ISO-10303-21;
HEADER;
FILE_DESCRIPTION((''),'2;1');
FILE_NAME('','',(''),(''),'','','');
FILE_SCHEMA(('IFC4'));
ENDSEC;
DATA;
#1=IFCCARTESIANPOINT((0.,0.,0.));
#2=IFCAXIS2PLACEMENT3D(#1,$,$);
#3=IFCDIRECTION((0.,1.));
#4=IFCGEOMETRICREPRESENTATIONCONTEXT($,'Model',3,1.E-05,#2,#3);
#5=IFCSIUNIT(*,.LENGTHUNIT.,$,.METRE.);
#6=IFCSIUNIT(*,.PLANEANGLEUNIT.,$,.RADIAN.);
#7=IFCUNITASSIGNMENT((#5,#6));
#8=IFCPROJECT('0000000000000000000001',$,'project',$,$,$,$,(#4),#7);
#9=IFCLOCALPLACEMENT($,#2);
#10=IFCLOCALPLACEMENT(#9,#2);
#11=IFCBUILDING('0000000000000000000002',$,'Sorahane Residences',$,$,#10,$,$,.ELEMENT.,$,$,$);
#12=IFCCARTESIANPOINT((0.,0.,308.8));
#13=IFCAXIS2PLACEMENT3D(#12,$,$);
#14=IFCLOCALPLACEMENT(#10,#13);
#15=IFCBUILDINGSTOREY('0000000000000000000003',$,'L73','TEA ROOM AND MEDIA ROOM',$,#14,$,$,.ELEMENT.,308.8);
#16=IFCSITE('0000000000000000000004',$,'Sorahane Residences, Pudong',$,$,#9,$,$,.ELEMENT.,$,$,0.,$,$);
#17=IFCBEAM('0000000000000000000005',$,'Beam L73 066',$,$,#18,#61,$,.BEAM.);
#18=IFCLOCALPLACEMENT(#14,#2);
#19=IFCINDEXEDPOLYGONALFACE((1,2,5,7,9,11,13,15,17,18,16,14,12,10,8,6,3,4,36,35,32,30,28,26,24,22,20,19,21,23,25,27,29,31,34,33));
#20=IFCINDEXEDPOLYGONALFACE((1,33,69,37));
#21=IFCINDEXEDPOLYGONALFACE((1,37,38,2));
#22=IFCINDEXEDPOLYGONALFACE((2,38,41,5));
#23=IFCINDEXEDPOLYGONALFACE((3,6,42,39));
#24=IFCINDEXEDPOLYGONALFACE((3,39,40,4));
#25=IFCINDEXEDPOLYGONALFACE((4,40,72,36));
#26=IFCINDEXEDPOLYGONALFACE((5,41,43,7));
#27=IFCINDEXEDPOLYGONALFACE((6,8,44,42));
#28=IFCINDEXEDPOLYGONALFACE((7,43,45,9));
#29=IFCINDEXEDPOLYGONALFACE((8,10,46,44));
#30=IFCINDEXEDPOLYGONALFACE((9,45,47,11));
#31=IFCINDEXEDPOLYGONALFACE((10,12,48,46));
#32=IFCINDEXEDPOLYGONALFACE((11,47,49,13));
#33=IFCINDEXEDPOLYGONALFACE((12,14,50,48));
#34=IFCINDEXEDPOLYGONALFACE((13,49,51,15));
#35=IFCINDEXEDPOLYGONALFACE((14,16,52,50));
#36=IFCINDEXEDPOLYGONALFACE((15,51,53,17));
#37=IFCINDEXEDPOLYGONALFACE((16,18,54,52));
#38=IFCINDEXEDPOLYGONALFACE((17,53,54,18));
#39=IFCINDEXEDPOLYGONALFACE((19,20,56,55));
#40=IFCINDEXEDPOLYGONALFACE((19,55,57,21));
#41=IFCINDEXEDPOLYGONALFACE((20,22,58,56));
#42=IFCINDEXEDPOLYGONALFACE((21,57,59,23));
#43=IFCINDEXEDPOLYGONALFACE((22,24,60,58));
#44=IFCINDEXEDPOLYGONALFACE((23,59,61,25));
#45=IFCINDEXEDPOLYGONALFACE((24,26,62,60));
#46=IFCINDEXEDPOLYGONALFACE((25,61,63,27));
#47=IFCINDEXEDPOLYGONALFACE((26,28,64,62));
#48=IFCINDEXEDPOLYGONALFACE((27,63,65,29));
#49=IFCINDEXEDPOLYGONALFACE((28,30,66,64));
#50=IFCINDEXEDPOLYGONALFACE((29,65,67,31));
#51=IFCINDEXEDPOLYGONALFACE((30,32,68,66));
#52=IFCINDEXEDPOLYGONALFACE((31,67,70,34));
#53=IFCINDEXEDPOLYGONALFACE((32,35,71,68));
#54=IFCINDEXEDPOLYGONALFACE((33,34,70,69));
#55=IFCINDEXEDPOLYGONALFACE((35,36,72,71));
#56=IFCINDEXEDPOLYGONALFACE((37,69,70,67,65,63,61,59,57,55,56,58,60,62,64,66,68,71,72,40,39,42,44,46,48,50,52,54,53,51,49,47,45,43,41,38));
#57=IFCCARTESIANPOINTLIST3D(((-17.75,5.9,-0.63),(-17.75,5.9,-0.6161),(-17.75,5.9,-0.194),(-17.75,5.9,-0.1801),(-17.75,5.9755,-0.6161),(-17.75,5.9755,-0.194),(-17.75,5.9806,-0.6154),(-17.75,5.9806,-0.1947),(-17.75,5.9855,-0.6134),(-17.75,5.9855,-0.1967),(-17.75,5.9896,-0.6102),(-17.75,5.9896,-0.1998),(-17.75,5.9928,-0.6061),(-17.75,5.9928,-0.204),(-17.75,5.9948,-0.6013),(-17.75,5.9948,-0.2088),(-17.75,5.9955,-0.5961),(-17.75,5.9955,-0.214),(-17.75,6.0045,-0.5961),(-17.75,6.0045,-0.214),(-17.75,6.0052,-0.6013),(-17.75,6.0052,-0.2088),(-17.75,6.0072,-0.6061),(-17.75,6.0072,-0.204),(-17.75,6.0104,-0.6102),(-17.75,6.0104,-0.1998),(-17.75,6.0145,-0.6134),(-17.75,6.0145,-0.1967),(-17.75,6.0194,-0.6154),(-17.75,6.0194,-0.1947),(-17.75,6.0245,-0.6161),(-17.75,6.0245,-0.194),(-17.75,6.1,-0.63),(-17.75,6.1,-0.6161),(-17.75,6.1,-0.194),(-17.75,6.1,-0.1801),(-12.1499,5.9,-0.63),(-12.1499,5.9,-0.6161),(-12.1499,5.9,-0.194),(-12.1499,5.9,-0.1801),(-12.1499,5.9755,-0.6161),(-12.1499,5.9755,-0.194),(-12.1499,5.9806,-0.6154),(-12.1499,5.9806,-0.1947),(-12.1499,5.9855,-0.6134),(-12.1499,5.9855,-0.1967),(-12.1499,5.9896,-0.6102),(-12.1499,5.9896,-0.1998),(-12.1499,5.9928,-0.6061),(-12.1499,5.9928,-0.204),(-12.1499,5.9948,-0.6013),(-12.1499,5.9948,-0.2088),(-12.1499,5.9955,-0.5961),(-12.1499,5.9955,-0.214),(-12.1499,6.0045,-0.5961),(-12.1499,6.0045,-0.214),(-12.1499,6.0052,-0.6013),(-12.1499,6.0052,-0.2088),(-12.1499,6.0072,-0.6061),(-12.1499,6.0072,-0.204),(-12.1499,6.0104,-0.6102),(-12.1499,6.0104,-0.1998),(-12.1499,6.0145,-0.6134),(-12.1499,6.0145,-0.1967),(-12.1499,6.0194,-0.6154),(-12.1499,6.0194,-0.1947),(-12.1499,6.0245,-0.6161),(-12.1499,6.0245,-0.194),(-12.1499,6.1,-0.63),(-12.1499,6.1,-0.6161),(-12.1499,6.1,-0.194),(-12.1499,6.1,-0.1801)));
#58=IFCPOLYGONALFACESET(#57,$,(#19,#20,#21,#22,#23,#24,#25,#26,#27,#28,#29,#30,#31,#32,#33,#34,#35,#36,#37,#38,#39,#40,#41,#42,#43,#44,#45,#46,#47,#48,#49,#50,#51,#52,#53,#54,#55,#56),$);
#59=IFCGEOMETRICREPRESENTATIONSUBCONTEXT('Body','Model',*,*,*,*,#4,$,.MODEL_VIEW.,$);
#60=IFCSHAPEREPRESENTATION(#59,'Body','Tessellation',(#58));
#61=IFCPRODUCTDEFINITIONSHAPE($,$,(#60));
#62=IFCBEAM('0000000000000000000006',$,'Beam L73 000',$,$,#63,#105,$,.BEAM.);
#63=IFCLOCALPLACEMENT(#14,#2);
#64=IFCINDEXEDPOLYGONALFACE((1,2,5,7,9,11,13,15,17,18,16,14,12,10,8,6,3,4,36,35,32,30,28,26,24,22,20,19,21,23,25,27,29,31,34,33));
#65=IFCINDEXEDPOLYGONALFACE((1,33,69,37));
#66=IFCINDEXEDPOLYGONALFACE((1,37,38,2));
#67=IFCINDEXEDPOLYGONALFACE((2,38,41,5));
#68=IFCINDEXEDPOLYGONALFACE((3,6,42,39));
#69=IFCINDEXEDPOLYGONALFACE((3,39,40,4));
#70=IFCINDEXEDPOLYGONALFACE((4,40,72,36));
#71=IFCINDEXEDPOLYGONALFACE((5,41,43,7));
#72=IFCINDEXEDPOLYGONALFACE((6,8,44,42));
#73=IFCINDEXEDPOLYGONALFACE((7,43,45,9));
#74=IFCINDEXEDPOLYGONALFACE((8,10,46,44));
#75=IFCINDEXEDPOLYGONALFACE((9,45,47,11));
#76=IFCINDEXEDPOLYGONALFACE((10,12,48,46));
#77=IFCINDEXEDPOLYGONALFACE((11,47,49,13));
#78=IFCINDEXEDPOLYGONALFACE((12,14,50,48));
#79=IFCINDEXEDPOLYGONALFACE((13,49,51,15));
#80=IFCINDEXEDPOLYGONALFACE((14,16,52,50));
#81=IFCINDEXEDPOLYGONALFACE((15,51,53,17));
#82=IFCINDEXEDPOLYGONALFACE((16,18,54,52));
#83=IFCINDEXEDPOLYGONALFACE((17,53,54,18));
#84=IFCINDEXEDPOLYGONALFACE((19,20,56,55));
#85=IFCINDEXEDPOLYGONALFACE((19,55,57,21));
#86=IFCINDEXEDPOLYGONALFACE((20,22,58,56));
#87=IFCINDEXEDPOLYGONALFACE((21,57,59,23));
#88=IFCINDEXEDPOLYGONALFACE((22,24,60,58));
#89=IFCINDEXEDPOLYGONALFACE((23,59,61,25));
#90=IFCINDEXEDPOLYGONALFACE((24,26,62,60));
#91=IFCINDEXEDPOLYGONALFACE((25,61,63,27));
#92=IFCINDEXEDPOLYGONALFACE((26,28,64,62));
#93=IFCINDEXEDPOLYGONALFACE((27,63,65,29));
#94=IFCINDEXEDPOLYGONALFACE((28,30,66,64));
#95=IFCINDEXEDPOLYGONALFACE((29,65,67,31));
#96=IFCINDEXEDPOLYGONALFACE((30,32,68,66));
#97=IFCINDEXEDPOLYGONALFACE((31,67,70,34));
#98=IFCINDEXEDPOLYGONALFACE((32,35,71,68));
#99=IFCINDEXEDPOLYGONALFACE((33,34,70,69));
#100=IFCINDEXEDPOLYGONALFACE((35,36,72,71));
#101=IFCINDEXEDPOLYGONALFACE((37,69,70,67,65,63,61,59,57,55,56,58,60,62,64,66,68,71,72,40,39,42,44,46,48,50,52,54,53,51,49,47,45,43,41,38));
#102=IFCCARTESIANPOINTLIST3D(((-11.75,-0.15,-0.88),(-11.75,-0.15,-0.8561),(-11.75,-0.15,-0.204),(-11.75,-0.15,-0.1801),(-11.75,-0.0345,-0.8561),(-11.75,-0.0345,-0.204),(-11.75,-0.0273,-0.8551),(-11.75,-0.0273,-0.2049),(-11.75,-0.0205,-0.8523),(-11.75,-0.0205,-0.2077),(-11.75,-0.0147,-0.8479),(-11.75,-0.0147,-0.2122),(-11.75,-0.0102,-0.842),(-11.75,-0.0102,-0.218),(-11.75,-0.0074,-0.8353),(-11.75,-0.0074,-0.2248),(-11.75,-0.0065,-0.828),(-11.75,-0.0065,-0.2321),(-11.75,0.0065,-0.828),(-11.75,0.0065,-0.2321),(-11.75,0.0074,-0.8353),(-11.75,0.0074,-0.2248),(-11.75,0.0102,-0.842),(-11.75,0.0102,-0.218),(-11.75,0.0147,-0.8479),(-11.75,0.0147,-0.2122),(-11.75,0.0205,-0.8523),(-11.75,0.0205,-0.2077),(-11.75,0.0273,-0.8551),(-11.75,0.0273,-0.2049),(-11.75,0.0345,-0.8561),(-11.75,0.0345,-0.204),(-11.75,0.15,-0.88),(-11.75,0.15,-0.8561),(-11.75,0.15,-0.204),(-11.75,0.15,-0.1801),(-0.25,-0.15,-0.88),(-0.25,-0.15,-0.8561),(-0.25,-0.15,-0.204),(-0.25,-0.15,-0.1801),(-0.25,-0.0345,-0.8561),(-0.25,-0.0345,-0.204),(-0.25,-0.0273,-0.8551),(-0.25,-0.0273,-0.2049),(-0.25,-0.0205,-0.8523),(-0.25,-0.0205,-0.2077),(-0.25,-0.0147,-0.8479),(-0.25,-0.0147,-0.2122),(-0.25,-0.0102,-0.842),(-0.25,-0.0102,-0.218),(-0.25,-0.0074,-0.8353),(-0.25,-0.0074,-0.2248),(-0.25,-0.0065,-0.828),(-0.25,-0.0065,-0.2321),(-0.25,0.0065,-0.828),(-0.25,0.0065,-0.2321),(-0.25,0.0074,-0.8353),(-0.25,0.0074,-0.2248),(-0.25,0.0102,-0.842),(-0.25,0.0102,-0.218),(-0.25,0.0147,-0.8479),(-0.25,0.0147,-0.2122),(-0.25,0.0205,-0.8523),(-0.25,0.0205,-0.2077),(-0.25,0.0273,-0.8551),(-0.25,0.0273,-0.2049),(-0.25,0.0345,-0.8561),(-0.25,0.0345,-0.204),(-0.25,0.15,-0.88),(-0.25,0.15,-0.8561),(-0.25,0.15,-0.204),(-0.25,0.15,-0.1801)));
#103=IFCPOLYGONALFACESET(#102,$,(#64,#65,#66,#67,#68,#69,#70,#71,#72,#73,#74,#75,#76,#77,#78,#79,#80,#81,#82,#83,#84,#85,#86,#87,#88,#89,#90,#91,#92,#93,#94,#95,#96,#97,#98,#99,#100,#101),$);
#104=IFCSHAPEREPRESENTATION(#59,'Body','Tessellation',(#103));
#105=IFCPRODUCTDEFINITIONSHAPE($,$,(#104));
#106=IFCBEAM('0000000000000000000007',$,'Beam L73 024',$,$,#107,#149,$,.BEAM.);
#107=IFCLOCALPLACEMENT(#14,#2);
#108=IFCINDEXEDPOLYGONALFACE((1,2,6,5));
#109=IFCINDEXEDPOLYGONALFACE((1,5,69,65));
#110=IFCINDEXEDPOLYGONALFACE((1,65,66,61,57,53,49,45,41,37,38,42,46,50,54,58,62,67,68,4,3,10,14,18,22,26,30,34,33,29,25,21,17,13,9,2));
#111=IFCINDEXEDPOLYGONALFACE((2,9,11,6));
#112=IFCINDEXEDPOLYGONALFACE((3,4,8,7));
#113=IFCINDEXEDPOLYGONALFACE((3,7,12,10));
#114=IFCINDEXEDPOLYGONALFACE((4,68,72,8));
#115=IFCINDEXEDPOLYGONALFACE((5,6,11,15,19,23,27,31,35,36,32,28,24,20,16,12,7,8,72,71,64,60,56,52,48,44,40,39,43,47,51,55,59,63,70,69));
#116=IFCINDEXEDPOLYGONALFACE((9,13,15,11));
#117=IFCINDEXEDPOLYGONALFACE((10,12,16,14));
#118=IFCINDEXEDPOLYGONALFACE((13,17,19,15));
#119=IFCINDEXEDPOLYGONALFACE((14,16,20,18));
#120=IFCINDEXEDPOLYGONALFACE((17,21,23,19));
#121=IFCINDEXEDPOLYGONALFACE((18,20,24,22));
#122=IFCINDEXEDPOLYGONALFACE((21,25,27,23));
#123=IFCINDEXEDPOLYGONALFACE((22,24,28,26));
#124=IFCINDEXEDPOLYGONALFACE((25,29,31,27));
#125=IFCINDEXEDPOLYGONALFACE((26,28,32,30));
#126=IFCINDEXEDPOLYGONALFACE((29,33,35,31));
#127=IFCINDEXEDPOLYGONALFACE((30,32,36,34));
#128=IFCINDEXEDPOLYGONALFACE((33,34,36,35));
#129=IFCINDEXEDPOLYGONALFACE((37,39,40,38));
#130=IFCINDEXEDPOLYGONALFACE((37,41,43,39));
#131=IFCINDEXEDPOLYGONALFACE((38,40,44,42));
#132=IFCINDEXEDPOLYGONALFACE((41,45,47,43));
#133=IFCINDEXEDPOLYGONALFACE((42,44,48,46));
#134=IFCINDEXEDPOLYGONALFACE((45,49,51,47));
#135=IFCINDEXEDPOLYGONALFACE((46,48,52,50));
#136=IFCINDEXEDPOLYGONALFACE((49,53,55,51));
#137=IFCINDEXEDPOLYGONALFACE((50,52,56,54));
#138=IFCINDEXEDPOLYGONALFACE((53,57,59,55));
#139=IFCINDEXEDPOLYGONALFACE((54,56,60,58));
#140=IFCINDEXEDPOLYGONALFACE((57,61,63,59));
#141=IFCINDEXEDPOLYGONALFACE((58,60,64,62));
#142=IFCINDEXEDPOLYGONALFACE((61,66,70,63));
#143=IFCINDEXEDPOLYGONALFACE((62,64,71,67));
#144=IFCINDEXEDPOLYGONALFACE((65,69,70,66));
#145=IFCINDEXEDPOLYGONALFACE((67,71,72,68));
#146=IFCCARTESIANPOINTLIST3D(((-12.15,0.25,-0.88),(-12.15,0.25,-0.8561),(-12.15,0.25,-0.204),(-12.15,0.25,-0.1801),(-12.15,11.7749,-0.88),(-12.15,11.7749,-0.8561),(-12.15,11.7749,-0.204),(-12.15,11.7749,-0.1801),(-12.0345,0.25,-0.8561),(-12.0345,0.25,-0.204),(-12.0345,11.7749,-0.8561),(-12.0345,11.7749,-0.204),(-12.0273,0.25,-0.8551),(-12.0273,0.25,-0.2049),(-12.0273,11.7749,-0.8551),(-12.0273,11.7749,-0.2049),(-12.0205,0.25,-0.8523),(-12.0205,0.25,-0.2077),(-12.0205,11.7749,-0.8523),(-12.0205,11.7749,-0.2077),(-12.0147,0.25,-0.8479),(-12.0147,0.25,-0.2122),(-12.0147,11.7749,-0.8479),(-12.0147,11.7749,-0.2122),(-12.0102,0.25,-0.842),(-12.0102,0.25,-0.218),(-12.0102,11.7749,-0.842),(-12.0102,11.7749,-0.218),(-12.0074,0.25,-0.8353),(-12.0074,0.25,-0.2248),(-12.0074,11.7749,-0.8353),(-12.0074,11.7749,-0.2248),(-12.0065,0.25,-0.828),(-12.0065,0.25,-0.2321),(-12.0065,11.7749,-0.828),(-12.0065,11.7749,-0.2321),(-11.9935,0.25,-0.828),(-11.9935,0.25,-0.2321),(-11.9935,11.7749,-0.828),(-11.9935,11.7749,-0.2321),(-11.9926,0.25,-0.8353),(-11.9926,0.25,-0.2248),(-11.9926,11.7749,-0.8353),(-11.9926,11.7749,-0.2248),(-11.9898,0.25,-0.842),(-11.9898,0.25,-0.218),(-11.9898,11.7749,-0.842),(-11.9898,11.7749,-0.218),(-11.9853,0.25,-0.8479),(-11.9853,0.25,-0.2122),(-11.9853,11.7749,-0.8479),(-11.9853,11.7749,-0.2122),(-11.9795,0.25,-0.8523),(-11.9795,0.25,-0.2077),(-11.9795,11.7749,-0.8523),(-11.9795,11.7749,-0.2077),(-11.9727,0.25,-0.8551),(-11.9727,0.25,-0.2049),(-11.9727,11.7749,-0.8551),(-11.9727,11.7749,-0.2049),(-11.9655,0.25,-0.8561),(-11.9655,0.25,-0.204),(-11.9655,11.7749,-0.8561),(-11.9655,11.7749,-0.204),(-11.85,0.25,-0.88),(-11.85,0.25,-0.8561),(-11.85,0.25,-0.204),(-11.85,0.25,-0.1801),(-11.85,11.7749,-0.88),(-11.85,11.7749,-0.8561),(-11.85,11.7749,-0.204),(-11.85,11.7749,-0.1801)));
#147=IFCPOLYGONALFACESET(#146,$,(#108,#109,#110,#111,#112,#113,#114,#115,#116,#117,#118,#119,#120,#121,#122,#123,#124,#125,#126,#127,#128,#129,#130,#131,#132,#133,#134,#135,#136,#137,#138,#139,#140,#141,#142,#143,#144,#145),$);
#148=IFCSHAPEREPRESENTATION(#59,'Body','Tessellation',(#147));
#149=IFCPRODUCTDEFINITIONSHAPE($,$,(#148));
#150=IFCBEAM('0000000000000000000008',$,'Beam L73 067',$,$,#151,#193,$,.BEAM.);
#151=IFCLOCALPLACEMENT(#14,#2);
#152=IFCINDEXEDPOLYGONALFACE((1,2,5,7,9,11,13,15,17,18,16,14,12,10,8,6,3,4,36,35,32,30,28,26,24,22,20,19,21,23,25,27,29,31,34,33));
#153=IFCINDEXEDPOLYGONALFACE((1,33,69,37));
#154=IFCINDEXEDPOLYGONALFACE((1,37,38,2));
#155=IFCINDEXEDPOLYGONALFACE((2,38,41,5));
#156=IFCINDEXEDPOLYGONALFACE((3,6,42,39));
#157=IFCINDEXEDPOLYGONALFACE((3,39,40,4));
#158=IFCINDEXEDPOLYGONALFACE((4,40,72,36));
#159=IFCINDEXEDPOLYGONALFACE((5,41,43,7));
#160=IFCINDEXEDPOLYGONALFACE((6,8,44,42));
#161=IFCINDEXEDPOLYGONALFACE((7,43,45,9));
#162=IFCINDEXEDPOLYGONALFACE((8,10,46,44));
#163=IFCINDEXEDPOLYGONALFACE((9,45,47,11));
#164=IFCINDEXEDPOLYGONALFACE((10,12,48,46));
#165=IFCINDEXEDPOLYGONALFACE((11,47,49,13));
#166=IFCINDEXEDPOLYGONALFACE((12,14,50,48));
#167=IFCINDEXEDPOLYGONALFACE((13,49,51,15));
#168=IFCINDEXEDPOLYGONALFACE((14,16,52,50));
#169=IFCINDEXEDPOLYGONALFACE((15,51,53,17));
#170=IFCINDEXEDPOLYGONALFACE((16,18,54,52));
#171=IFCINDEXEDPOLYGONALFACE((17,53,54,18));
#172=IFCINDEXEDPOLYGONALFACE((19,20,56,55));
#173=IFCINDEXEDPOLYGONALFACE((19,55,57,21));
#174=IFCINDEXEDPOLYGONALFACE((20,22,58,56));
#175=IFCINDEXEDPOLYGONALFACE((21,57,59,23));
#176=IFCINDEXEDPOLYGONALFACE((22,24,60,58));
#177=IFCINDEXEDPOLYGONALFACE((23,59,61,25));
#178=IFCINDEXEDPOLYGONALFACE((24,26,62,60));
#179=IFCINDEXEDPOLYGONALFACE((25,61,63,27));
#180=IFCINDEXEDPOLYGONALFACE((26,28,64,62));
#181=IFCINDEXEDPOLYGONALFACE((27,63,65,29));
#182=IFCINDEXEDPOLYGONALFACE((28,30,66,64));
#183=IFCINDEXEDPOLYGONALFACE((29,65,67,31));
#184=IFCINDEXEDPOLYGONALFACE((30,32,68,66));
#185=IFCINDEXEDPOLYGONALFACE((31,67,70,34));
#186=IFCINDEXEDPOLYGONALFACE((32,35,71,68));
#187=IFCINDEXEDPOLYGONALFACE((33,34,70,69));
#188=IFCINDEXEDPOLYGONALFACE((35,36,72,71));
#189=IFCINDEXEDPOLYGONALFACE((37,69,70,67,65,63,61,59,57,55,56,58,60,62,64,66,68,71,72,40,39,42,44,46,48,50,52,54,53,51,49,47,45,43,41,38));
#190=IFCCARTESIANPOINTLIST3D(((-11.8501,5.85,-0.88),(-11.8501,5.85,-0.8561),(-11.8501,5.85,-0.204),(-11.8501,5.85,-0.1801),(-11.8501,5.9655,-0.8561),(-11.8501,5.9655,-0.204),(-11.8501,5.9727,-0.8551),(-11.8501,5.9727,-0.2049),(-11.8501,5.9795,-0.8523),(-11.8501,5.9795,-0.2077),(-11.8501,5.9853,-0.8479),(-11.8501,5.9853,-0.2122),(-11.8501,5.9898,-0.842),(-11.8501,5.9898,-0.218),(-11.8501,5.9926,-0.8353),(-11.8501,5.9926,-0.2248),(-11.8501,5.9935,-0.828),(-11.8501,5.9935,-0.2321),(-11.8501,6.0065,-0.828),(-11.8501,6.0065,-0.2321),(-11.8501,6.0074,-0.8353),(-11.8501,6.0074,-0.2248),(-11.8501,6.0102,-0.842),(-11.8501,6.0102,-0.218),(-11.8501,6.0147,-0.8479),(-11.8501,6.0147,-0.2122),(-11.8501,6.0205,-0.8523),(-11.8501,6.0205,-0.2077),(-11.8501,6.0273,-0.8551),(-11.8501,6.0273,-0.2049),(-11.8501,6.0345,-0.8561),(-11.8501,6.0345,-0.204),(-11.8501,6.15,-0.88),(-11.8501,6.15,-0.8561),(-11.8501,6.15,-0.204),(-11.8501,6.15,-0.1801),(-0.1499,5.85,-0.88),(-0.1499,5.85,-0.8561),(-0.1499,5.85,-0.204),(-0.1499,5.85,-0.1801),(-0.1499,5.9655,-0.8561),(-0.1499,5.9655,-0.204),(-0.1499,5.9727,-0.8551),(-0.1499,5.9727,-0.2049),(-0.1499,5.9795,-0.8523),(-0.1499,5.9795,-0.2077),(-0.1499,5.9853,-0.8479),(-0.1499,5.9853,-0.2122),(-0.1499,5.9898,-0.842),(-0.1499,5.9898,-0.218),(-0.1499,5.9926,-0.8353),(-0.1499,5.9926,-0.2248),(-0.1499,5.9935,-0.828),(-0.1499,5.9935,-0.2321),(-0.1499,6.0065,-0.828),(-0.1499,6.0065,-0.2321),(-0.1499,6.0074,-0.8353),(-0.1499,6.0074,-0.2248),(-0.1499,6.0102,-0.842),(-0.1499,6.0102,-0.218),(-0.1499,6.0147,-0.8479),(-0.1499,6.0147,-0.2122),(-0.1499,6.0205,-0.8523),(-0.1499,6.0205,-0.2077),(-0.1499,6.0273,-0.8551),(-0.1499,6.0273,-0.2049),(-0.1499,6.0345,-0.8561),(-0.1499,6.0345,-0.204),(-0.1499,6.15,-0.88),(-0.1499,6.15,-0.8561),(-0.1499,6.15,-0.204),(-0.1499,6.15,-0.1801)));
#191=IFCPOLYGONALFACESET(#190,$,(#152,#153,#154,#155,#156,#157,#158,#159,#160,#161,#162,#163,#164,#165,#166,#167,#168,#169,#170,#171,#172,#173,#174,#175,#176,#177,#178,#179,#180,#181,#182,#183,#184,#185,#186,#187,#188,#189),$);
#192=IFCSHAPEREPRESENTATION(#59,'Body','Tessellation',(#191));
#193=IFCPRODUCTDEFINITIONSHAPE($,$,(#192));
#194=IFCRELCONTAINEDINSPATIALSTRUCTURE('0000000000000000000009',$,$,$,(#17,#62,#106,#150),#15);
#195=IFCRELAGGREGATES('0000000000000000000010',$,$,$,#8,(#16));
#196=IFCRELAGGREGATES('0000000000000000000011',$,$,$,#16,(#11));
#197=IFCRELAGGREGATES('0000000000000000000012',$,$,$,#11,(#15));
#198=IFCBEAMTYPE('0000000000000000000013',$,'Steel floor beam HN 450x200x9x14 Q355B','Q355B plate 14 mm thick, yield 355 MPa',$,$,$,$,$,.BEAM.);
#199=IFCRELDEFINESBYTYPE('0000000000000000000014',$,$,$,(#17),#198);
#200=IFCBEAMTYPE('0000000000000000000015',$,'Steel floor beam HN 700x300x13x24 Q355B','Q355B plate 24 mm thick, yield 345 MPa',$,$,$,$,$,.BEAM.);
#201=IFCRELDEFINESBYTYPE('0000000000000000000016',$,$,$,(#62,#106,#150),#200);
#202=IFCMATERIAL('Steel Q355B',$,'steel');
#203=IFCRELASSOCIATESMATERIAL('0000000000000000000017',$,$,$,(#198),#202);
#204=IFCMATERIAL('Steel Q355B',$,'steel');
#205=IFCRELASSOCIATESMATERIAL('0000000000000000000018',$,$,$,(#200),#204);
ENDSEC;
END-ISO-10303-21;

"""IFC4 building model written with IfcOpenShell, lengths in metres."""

from ifc_helpers import new_model, si_unit, direction, frame, origin, origin_2d, place, context, subcontext, project, spatial, i_section, extrude, material, material_profile, profile_set, type_object, element, save


model = new_model("IFC4")

# Units and contexts
model_context = context("Model", 3, precision=1e-05, world=origin(), true_north=direction((0.0, 1.0)))
body_context = subcontext(model_context, "Body", "Model", "MODEL_VIEW")
ifc_project = project(units=[si_unit("LENGTHUNIT", "METRE"), si_unit("PLANEANGLEUNIT", "RADIAN")], contexts=[model_context])

# Site, building, storey
site_placement = place(None, origin())
site = spatial("IfcSite", under=ifc_project, at=site_placement, Name="Sorahane Residences, Pudong", CompositionType="ELEMENT", RefElevation=0.0)
building_placement = place(site_placement, origin())
building = spatial("IfcBuilding", under=site, at=building_placement, Name="Sorahane Residences", CompositionType="ELEMENT")
storey_placement = place(building_placement, frame((0.0, 0.0, 308.8)))
storey = spatial("IfcBuildingStorey", under=building, at=storey_placement, Name="L73", Description="TEA ROOM AND MEDIA ROOM", CompositionType="ELEMENT", Elevation=308.8)

# Beams
ifc_material_1 = material(Name="Steel Q355B", Category="steel")
ifc_material_profile_1 = material_profile(ifc_material_1, i_section(OverallWidth=0.2, OverallDepth=0.45, WebThickness=0.009, FlangeThickness=0.0139, FilletRadius=0.02, at=origin_2d()), Name="HN 450x200x9x14")
ifc_profile_set_1 = profile_set([ifc_material_profile_1], Name="Steel Q355B")
beam_type_1 = type_object("IfcBeamType", Name="Steel floor beam HN 450x200x9x14 Q355B", Description="Q355B plate 14 mm thick, yield 355 MPa", PredefinedType="BEAM", material=ifc_profile_set_1)
beam_1_placement = place(storey_placement, frame((-17.75, 6.0, -0.405), z_axis=(1.0, 0.0, 0.0), x_axis=(0.0, 1.0, 0.0)))
element("IfcBeam", 1, at=beam_1_placement, inside=storey, type_object=beam_type_1, Name="Beam L73 066", PredefinedType="BEAM", context=body_context, shape_type="SweptSolid", body=[
    extrude(i_section(OverallWidth=0.2, OverallDepth=0.45, WebThickness=0.009, FlangeThickness=0.0139, FilletRadius=0.02, at=origin_2d()), origin(), (0.0, 0.0, 1.0), 5.6001),
])
ifc_material_2 = material(Name="Steel Q355B", Category="steel")
ifc_material_profile_2 = material_profile(ifc_material_2, i_section(OverallWidth=0.3, OverallDepth=0.7, WebThickness=0.0129, FlangeThickness=0.0239, FilletRadius=0.0281, at=origin_2d()), Name="HN 700x300x13x24")
ifc_profile_set_2 = profile_set([ifc_material_profile_2], Name="Steel Q355B")
beam_type_2 = type_object("IfcBeamType", Name="Steel floor beam HN 700x300x13x24 Q355B", Description="Q355B plate 24 mm thick, yield 345 MPa", PredefinedType="BEAM", material=ifc_profile_set_2)
beam_2_placement = place(storey_placement, frame((-11.75, 0.0, -0.53), z_axis=(1.0, 0.0, 0.0), x_axis=(0.0, 1.0, 0.0)))
element("IfcBeam", 2, at=beam_2_placement, inside=storey, type_object=beam_type_2, Name="Beam L73 000", PredefinedType="BEAM", context=body_context, shape_type="SweptSolid", body=[
    extrude(i_section(OverallWidth=0.3, OverallDepth=0.7, WebThickness=0.0129, FlangeThickness=0.0239, FilletRadius=0.0281, at=origin_2d()), origin(), (0.0, 0.0, 1.0), 11.5),
])
beam_3_placement = place(storey_placement, frame((-12.0, 0.25, -0.53), z_axis=(0.0, 1.0, 0.0), x_axis=(-1.0, 0.0, 0.0)))
element("IfcBeam", 3, at=beam_3_placement, inside=storey, type_object=beam_type_2, Name="Beam L73 024", PredefinedType="BEAM", context=body_context, shape_type="SweptSolid", body=[
    extrude(i_section(OverallWidth=0.3, OverallDepth=0.7, WebThickness=0.0129, FlangeThickness=0.0239, FilletRadius=0.0281, at=origin_2d()), origin(), (0.0, 0.0, 1.0), 11.5249),
])
beam_4_placement = place(storey_placement, frame((-11.8501, 6.0, -0.53), z_axis=(1.0, 0.0, 0.0), x_axis=(0.0, 1.0, 0.0)))
element("IfcBeam", 4, at=beam_4_placement, inside=storey, type_object=beam_type_2, Name="Beam L73 067", PredefinedType="BEAM", context=body_context, shape_type="SweptSolid", body=[
    extrude(i_section(OverallWidth=0.3, OverallDepth=0.7, WebThickness=0.0129, FlangeThickness=0.0239, FilletRadius=0.0281, at=origin_2d()), origin(), (0.0, 0.0, 1.0), 11.7002),
])

save(model, "model.ifc")
